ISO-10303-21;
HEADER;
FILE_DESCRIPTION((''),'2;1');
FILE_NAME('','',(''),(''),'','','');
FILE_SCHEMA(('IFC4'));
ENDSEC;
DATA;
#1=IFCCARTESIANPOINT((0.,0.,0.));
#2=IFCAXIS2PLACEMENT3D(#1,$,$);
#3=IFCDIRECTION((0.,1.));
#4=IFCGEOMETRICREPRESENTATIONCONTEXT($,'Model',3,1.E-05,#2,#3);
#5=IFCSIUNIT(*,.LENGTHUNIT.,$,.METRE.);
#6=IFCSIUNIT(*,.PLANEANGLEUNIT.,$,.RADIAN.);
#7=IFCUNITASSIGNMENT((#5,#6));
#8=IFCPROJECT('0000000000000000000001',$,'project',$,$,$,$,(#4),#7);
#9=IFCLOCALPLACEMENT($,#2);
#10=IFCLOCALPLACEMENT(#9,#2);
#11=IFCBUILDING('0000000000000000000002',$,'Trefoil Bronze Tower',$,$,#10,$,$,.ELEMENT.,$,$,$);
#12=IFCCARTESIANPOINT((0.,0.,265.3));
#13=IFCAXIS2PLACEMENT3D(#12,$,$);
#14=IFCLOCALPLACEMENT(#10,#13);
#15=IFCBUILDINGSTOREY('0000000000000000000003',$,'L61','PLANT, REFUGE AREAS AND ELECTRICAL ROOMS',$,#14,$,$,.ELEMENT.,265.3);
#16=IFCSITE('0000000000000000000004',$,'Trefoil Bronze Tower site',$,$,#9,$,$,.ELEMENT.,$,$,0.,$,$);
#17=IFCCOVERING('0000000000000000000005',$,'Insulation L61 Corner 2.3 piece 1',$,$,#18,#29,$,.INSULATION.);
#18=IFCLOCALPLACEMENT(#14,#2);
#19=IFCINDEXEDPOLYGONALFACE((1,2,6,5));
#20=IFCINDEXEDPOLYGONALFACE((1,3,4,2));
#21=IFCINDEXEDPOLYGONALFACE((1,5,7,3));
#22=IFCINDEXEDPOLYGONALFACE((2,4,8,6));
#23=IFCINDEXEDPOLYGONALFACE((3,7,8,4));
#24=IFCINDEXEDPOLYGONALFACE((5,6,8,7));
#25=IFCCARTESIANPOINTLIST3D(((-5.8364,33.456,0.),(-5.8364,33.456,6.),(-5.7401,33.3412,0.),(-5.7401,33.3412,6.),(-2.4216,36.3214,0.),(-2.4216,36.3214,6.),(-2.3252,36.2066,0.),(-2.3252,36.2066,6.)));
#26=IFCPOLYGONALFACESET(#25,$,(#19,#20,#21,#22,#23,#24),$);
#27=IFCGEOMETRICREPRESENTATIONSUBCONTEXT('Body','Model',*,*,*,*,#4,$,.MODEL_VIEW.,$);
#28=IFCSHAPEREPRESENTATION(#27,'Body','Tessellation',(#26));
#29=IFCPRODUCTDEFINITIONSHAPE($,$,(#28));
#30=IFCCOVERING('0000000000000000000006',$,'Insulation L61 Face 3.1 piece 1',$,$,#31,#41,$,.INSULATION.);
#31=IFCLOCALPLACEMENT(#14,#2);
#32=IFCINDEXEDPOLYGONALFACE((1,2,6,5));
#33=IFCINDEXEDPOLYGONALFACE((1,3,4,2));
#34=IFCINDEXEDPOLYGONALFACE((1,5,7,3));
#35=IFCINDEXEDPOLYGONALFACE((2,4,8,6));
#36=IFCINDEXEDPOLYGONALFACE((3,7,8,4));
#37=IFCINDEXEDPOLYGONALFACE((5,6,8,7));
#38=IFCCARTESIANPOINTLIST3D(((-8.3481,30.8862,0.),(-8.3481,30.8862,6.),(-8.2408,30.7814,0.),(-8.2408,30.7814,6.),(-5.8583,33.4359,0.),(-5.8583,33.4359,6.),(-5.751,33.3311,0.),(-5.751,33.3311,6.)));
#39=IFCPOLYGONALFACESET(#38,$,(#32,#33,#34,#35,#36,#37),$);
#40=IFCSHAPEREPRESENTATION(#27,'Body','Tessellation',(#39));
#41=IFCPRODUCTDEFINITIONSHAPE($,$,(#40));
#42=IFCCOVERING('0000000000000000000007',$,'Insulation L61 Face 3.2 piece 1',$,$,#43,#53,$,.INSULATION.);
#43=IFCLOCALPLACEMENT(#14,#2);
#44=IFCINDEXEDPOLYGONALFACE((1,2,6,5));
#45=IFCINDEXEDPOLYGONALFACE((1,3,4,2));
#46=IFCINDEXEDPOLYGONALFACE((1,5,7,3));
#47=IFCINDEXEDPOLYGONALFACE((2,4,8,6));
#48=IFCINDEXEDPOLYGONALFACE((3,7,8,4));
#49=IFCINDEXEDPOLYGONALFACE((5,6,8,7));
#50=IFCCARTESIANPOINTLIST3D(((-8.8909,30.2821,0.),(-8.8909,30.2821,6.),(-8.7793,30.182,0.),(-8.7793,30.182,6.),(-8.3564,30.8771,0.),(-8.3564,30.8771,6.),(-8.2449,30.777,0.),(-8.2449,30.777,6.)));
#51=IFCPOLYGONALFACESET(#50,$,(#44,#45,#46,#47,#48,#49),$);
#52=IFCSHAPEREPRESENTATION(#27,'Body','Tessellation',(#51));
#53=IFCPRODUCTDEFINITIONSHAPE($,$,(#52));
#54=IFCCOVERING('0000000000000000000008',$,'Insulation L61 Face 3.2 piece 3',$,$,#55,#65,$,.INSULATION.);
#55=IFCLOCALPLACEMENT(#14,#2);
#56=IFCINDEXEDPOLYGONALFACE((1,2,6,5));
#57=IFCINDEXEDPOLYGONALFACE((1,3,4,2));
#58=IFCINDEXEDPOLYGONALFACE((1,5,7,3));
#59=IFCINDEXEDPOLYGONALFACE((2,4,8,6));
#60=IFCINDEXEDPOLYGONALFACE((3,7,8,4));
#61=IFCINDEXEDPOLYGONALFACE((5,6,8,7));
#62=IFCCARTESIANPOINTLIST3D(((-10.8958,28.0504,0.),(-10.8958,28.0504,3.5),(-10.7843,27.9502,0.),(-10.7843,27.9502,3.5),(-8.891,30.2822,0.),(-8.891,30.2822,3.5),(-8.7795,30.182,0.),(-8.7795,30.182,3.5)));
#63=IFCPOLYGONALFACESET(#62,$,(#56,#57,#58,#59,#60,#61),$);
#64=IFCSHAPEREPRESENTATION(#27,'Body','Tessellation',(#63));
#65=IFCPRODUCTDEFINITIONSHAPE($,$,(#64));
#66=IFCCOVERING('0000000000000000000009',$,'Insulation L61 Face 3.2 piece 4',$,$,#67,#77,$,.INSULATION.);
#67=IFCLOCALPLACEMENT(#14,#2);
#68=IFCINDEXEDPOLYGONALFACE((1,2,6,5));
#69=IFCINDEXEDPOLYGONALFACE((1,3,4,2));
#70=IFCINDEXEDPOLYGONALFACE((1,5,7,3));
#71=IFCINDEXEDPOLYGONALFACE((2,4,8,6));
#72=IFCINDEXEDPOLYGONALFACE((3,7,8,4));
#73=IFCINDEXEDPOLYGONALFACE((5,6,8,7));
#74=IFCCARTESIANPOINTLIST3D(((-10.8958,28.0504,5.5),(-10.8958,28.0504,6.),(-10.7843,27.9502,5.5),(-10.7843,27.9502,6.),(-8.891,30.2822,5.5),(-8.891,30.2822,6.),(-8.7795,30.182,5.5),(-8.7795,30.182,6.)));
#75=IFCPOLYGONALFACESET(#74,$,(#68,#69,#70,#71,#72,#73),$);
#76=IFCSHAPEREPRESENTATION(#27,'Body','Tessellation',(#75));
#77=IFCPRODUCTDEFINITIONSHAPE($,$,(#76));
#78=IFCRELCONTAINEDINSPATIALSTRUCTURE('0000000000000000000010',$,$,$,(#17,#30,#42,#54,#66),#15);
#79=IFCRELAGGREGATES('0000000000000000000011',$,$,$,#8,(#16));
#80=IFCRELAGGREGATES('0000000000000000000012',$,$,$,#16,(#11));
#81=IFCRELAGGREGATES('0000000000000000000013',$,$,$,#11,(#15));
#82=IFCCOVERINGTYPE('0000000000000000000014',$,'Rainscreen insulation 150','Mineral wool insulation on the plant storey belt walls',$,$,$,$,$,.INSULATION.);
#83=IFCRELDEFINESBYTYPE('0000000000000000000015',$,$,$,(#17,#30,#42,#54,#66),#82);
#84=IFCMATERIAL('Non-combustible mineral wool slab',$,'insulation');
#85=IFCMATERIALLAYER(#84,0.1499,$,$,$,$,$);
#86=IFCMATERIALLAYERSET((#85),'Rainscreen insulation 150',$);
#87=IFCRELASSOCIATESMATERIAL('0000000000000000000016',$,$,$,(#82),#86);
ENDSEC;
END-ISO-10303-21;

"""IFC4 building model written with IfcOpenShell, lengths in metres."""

from ifc_helpers import new_model, si_unit, direction, frame, origin, origin_2d, place, context, subcontext, project, spatial, rectangle, extrude, material, layer, layer_set, type_object, element, save


model = new_model("IFC4")

# Units and contexts
model_context = context("Model", 3, precision=1e-05, world=origin(), true_north=direction((0.0, 1.0)))
body_context = subcontext(model_context, "Body", "Model", "MODEL_VIEW")
ifc_project = project(units=[si_unit("LENGTHUNIT", "METRE"), si_unit("PLANEANGLEUNIT", "RADIAN")], contexts=[model_context])

# Site, building, storey
site_placement = place(None, origin())
site = spatial("IfcSite", under=ifc_project, at=site_placement, Name="Trefoil Bronze Tower site", CompositionType="ELEMENT", RefElevation=0.0)
building_placement = place(site_placement, origin())
building = spatial("IfcBuilding", under=site, at=building_placement, Name="Trefoil Bronze Tower", CompositionType="ELEMENT")
storey_placement = place(building_placement, frame((0.0, 0.0, 265.3)))
storey = spatial("IfcBuildingStorey", under=building, at=storey_placement, Name="L61", Description="PLANT, REFUGE AREAS AND ELECTRICAL ROOMS", CompositionType="ELEMENT", Elevation=265.3)

# Coverings
ifc_material_1 = material(Name="Non-combustible mineral wool slab", Category="insulation")
ifc_layer_1 = layer(ifc_material_1, 0.1499)
ifc_layer_set_1 = layer_set([ifc_layer_1], Name="Rainscreen insulation 150")
covering_type_1 = type_object("IfcCoveringType", Name="Rainscreen insulation 150", Description="Mineral wool insulation on the plant storey belt walls", PredefinedType="INSULATION", material=ifc_layer_set_1)
covering_1_placement = place(storey_placement, frame((-4.0808, 34.8313, 0.0), z_axis=(0.0, 0.0, 1.0), x_axis=(-0.766044, -0.642788, 0.0)))
element("IfcCovering", 1, at=covering_1_placement, inside=storey, type_object=covering_type_1, Name="Insulation L61 Corner 2.3 piece 1", PredefinedType="INSULATION", context=body_context, shape_type="SweptSolid", body=[
    extrude(rectangle(XDim=4.4578, YDim=0.1499, at=origin_2d()), origin(), (0.0, 0.0, 1.0), 6.0),
])
covering_2_placement = place(storey_placement, frame((-7.0496, 32.1086, 0.0), z_axis=(0.0, 0.0, 1.0), x_axis=(-0.698652, -0.715462, 0.0)))
element("IfcCovering", 2, at=covering_2_placement, inside=storey, type_object=covering_type_1, Name="Insulation L61 Face 3.1 piece 1", PredefinedType="INSULATION", context=body_context, shape_type="SweptSolid", body=[
    extrude(rectangle(XDim=3.5637, YDim=0.1499, at=origin_2d()), origin(), (0.0, 0.0, 1.0), 6.0),
])
covering_3_placement = place(storey_placement, frame((-8.5679, 30.5295, 0.0), z_axis=(0.0, 0.0, 1.0), x_axis=(-0.668246, -0.743941, 0.0)))
element("IfcCovering", 3, at=covering_3_placement, inside=storey, type_object=covering_type_1, Name="Insulation L61 Face 3.2 piece 1", PredefinedType="INSULATION", context=body_context, shape_type="SweptSolid", body=[
    extrude(rectangle(XDim=0.7998, YDim=0.1499, at=origin_2d()), origin(), (0.0, 0.0, 1.0), 6.0),
])
covering_4_placement = place(storey_placement, frame((-9.8376, 29.1162, 0.0), z_axis=(0.0, 0.0, 1.0), x_axis=(-0.668246, -0.743941, 0.0)))
element("IfcCovering", 4, at=covering_4_placement, inside=storey, type_object=covering_type_1, Name="Insulation L61 Face 3.2 piece 3", PredefinedType="INSULATION", context=body_context, shape_type="SweptSolid", body=[
    extrude(rectangle(XDim=3.0, YDim=0.1499, at=origin_2d()), origin(), (0.0, 0.0, 1.0), 3.5),
])
covering_5_placement = place(storey_placement, frame((-9.8376, 29.1162, 5.5), z_axis=(0.0, 0.0, 1.0), x_axis=(-0.668246, -0.743941, 0.0)))
element("IfcCovering", 5, at=covering_5_placement, inside=storey, type_object=covering_type_1, Name="Insulation L61 Face 3.2 piece 4", PredefinedType="INSULATION", context=body_context, shape_type="SweptSolid", body=[
    extrude(rectangle(XDim=3.0, YDim=0.1499, at=origin_2d()), origin(), (0.0, 0.0, 1.0), 0.5),
])

save(model, "model.ifc")
